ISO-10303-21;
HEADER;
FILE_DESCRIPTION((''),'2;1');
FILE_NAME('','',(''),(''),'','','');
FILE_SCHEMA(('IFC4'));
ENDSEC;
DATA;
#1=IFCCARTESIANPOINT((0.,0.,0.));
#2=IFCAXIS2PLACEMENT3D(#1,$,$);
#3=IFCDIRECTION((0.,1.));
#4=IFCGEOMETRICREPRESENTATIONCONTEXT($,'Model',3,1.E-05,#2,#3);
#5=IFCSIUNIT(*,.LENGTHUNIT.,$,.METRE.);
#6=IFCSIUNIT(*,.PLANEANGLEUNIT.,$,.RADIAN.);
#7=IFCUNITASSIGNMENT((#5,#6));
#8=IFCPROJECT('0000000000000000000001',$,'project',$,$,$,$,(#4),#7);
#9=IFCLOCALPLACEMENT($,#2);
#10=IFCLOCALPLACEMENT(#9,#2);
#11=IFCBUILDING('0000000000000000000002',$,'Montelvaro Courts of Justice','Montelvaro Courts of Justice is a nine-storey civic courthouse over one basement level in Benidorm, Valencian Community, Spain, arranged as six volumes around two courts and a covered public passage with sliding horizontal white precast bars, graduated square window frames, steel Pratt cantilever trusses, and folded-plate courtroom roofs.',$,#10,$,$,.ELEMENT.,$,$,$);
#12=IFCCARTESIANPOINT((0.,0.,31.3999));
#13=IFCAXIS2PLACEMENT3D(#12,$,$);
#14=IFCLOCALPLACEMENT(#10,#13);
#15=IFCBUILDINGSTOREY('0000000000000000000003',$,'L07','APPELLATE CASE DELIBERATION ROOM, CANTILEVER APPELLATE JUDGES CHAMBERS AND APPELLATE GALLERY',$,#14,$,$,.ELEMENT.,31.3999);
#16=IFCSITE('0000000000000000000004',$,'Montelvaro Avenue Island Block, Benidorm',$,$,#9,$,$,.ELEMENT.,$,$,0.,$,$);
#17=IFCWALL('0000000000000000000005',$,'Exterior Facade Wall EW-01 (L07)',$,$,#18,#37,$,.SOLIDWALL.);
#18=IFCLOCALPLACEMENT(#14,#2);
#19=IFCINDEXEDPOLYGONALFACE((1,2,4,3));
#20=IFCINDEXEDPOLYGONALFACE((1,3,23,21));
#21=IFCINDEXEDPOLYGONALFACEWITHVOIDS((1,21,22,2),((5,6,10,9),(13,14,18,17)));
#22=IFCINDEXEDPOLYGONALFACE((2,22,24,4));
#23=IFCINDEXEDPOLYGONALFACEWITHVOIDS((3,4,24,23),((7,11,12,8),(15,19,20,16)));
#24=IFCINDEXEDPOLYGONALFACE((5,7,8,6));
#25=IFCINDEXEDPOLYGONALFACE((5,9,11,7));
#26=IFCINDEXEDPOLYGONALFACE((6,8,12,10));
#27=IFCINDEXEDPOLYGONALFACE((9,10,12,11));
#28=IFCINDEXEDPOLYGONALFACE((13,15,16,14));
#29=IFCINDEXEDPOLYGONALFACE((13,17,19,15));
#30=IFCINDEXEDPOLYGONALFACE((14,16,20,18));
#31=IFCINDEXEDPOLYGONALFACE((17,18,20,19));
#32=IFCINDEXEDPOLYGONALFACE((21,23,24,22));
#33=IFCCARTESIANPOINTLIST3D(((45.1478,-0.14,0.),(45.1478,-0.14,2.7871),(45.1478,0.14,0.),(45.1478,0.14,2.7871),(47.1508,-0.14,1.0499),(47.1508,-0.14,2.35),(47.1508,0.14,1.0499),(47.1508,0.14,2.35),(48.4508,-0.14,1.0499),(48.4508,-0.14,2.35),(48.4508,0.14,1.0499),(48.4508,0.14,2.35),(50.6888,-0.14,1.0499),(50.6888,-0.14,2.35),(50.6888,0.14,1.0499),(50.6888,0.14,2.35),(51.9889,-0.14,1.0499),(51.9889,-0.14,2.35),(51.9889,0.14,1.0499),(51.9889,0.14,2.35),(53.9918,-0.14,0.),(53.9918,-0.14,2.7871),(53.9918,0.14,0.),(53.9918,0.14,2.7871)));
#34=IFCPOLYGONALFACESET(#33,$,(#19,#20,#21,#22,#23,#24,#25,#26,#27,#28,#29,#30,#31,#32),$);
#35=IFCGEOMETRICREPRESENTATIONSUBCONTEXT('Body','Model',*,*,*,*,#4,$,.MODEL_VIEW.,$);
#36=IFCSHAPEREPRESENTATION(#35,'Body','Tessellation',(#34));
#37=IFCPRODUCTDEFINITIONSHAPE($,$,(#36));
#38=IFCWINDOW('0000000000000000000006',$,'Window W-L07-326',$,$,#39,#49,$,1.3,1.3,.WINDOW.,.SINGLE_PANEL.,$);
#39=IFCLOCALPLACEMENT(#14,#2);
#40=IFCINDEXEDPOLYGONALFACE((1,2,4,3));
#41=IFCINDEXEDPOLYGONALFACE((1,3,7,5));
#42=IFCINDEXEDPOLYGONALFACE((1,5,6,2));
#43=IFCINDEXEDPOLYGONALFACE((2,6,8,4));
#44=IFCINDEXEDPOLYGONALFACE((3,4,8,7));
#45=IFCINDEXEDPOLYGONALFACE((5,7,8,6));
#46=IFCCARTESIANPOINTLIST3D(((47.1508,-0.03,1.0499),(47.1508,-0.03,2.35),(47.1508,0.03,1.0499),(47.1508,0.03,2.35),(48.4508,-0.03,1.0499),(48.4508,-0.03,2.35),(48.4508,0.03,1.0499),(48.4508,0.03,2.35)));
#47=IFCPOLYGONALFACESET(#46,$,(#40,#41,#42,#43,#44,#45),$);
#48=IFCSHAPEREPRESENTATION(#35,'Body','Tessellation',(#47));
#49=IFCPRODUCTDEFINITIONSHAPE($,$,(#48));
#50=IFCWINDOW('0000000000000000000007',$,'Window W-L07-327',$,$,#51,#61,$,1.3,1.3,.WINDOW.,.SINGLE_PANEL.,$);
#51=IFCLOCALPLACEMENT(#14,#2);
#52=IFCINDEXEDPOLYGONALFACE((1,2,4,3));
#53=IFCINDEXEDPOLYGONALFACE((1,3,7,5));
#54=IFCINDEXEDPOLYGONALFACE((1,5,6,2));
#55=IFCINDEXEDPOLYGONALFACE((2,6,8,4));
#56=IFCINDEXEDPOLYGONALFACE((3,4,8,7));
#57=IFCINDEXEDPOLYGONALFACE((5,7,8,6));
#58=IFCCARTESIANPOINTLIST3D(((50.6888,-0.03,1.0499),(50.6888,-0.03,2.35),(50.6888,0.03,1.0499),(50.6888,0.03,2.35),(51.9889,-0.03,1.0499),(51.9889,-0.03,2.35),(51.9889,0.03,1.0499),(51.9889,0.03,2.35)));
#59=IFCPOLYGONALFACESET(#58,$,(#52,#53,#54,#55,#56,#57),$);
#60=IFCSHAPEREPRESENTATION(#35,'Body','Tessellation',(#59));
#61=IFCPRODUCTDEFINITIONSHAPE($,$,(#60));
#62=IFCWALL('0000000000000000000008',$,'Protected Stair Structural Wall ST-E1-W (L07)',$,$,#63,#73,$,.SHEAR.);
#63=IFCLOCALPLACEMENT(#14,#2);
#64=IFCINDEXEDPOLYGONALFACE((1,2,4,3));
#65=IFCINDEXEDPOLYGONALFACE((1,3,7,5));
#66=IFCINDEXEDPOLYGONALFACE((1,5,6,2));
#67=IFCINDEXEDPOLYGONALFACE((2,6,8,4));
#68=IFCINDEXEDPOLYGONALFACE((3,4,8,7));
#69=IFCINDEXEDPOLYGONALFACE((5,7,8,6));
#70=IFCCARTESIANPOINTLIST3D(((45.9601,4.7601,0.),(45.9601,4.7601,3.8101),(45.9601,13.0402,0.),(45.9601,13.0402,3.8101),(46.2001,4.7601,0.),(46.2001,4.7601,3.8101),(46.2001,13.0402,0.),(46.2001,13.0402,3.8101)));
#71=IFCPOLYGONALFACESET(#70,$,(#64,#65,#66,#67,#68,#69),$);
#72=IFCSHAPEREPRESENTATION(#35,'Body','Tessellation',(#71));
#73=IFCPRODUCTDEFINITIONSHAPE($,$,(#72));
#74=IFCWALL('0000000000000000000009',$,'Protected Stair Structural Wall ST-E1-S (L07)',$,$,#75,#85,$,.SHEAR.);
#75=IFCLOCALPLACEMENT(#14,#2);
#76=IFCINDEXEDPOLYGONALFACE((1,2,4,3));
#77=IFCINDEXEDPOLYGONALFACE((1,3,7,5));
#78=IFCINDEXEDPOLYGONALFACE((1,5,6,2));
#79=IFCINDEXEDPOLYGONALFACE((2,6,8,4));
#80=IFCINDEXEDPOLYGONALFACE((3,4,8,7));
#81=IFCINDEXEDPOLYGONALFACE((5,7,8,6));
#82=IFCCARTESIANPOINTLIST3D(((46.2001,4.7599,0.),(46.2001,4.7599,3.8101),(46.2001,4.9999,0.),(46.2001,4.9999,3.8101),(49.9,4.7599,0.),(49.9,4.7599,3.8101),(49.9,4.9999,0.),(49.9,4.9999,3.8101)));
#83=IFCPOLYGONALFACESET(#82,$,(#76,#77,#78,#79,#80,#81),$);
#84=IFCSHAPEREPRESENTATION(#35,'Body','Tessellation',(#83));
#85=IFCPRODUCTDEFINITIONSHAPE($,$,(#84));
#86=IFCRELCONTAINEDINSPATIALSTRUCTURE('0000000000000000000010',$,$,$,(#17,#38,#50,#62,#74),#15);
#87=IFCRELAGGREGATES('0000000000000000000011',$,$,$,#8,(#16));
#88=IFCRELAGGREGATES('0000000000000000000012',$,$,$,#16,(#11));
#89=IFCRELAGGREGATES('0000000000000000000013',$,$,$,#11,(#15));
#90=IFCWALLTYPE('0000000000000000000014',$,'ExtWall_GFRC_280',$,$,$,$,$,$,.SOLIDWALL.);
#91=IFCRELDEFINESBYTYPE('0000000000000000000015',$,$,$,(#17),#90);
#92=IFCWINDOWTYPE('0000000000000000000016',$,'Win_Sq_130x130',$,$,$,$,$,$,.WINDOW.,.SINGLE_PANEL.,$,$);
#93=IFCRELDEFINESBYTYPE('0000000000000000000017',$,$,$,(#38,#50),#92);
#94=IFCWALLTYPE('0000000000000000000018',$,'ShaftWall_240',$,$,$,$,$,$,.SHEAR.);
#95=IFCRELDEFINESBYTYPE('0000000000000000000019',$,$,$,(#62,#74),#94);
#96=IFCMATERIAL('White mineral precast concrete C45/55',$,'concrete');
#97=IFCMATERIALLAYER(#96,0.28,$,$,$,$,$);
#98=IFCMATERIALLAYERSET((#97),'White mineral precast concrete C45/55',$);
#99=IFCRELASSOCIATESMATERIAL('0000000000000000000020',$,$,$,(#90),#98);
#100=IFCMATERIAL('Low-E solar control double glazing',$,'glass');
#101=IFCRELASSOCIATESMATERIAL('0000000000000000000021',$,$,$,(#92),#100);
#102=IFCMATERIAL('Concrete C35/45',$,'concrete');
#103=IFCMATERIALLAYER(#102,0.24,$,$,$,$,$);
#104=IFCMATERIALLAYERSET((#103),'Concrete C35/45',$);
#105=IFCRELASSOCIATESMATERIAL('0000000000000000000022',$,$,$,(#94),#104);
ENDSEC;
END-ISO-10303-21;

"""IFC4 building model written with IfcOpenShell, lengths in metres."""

from ifc_helpers import new_model, si_unit, direction, frame, frame_2d, origin, place, context, subcontext, project, spatial, rectangle, extrude, material, layer, layer_set, type_object, element, fill, save


model = new_model("IFC4")

# Units and contexts
model_context = context("Model", 3, precision=1e-05, world=origin(), true_north=direction((0.0, 1.0)))
body_context = subcontext(model_context, "Body", "Model", "MODEL_VIEW")
ifc_project = project(units=[si_unit("LENGTHUNIT", "METRE"), si_unit("PLANEANGLEUNIT", "RADIAN")], contexts=[model_context])

# Site, building, storey
site_placement = place(None, origin())
site = spatial("IfcSite", under=ifc_project, at=site_placement, Name="Montelvaro Avenue Island Block, Benidorm", CompositionType="ELEMENT", RefElevation=0.0)
building_placement = place(site_placement, origin())
building = spatial("IfcBuilding", under=site, at=building_placement, Name="Montelvaro Courts of Justice", Description="Montelvaro Courts of Justice is a nine-storey civic courthouse over one basement level in Benidorm, Valencian Community, Spain, arranged as six volumes around two courts and a covered public passage with sliding horizontal white precast bars, graduated square window frames, steel Pratt cantilever trusses, and folded-plate courtroom roofs.", CompositionType="ELEMENT")
storey_placement = place(building_placement, frame((0.0, 0.0, 31.3999)))
storey = spatial("IfcBuildingStorey", under=building, at=storey_placement, Name="L07", Description="APPELLATE CASE DELIBERATION ROOM, CANTILEVER APPELLATE JUDGES CHAMBERS AND APPELLATE GALLERY", CompositionType="ELEMENT", Elevation=31.3999)

# Shared definitions
ifc_material_1 = material(Name="White mineral precast concrete C45/55", Category="concrete")

# Wall, openings, windows
ifc_layer_1 = layer(ifc_material_1, 0.28)
ifc_layer_set_1 = layer_set([ifc_layer_1], Name="White mineral precast concrete C45/55")
wall_type_1 = type_object("IfcWallType", Name="ExtWall_GFRC_280", PredefinedType="SOLIDWALL", material=ifc_layer_set_1)
wall_1_placement = place(storey_placement, frame((45.1479, 0.0, 0.0), z_axis=(0.0, 0.0, 1.0), x_axis=(1.0, 0.0, 0.0)))
wall_1 = element("IfcWall", 1, at=wall_1_placement, inside=storey, type_object=wall_type_1, Name="Exterior Facade Wall EW-01 (L07)", PredefinedType="SOLIDWALL", context=body_context, shape_type="SweptSolid", body=[
    extrude(rectangle(XDim=8.844, YDim=0.28, at=frame_2d((4.4219, 0.0))), origin(), (0.0, 0.0, 1.0), 2.7871),
])
opening_1_placement = place(wall_1_placement, frame((2.0029, 0.0, 1.05)))
opening_1 = element("IfcOpeningElement", 2, at=opening_1_placement, cuts=wall_1, PredefinedType="OPENING", context=body_context, shape_type="SweptSolid", body=[
    extrude(rectangle(XDim=1.3, YDim=1.3, at=frame_2d((0.6499, 0.6499))), frame((0.0, 0.1548, 0.0), z_axis=(0.0, -1.0, 0.0), x_axis=(1.0, 0.0, 0.0)), (0.0, 0.0, 1.0), 0.3098),
])
opening_2_placement = place(wall_1_placement, frame((5.541, 0.0, 1.05)))
opening_2 = element("IfcOpeningElement", 3, at=opening_2_placement, cuts=wall_1, PredefinedType="OPENING", context=body_context, shape_type="SweptSolid", body=[
    extrude(rectangle(XDim=1.3, YDim=1.3, at=frame_2d((0.6499, 0.6499))), frame((0.0, 0.1548, 0.0), z_axis=(0.0, -1.0, 0.0), x_axis=(1.0, 0.0, 0.0)), (0.0, 0.0, 1.0), 0.3098),
])
ifc_material_2 = material(Name="Low-E solar control double glazing", Category="glass")
window_type = type_object("IfcWindowType", Name="Win_Sq_130x130", PartitioningType="SINGLE_PANEL", PredefinedType="WINDOW", material=ifc_material_2)
window_1_placement = place(opening_1_placement, origin())
window_1 = element("IfcWindow", 4, at=window_1_placement, inside=storey, type_object=window_type, Name="Window W-L07-326", OverallHeight=1.3, OverallWidth=1.3, PartitioningType="SINGLE_PANEL", PredefinedType="WINDOW", context=body_context, shape_type="SweptSolid", body=[
    extrude(rectangle(XDim=1.3, YDim=1.3, at=frame_2d((0.6499, 0.6499))), frame((0.0, 0.03, 0.0), z_axis=(0.0, -1.0, 0.0), x_axis=(1.0, 0.0, 0.0)), (0.0, 0.0, 1.0), 0.0601),
])
fill(opening_1, window_1)
window_2_placement = place(opening_2_placement, origin())
window_2 = element("IfcWindow", 5, at=window_2_placement, inside=storey, type_object=window_type, Name="Window W-L07-327", OverallHeight=1.3, OverallWidth=1.3, PartitioningType="SINGLE_PANEL", PredefinedType="WINDOW", context=body_context, shape_type="SweptSolid", body=[
    extrude(rectangle(XDim=1.3, YDim=1.3, at=frame_2d((0.6499, 0.6499))), frame((0.0, 0.03, 0.0), z_axis=(0.0, -1.0, 0.0), x_axis=(1.0, 0.0, 0.0)), (0.0, 0.0, 1.0), 0.0601),
])
fill(opening_2, window_2)

# Walls
ifc_material_3 = material(Name="Concrete C35/45", Category="concrete")
ifc_layer_2 = layer(ifc_material_3, 0.24)
ifc_layer_set_2 = layer_set([ifc_layer_2], Name="Concrete C35/45")
wall_type_2 = type_object("IfcWallType", Name="ShaftWall_240", PredefinedType="SHEAR", material=ifc_layer_set_2)
wall_2_placement = place(storey_placement, frame((46.0801, 4.76, 0.0), z_axis=(0.0, 0.0, 1.0), x_axis=(0.0, 1.0, 0.0)))
element("IfcWall", 6, at=wall_2_placement, inside=storey, type_object=wall_type_2, Name="Protected Stair Structural Wall ST-E1-W (L07)", PredefinedType="SHEAR", context=body_context, shape_type="SweptSolid", body=[
    extrude(rectangle(XDim=8.28, YDim=0.24, at=frame_2d((4.1401, 0.0))), origin(), (0.0, 0.0, 1.0), 3.8101),
])
wall_3_placement = place(storey_placement, frame((46.2, 4.8799, 0.0), z_axis=(0.0, 0.0, 1.0), x_axis=(1.0, 0.0, 0.0)))
element("IfcWall", 7, at=wall_3_placement, inside=storey, type_object=wall_type_2, Name="Protected Stair Structural Wall ST-E1-S (L07)", PredefinedType="SHEAR", context=body_context, shape_type="SweptSolid", body=[
    extrude(rectangle(XDim=3.7, YDim=0.24, at=frame_2d((1.8501, 0.0))), origin(), (0.0, 0.0, 1.0), 3.8101),
])

save(model, "model.ifc")
